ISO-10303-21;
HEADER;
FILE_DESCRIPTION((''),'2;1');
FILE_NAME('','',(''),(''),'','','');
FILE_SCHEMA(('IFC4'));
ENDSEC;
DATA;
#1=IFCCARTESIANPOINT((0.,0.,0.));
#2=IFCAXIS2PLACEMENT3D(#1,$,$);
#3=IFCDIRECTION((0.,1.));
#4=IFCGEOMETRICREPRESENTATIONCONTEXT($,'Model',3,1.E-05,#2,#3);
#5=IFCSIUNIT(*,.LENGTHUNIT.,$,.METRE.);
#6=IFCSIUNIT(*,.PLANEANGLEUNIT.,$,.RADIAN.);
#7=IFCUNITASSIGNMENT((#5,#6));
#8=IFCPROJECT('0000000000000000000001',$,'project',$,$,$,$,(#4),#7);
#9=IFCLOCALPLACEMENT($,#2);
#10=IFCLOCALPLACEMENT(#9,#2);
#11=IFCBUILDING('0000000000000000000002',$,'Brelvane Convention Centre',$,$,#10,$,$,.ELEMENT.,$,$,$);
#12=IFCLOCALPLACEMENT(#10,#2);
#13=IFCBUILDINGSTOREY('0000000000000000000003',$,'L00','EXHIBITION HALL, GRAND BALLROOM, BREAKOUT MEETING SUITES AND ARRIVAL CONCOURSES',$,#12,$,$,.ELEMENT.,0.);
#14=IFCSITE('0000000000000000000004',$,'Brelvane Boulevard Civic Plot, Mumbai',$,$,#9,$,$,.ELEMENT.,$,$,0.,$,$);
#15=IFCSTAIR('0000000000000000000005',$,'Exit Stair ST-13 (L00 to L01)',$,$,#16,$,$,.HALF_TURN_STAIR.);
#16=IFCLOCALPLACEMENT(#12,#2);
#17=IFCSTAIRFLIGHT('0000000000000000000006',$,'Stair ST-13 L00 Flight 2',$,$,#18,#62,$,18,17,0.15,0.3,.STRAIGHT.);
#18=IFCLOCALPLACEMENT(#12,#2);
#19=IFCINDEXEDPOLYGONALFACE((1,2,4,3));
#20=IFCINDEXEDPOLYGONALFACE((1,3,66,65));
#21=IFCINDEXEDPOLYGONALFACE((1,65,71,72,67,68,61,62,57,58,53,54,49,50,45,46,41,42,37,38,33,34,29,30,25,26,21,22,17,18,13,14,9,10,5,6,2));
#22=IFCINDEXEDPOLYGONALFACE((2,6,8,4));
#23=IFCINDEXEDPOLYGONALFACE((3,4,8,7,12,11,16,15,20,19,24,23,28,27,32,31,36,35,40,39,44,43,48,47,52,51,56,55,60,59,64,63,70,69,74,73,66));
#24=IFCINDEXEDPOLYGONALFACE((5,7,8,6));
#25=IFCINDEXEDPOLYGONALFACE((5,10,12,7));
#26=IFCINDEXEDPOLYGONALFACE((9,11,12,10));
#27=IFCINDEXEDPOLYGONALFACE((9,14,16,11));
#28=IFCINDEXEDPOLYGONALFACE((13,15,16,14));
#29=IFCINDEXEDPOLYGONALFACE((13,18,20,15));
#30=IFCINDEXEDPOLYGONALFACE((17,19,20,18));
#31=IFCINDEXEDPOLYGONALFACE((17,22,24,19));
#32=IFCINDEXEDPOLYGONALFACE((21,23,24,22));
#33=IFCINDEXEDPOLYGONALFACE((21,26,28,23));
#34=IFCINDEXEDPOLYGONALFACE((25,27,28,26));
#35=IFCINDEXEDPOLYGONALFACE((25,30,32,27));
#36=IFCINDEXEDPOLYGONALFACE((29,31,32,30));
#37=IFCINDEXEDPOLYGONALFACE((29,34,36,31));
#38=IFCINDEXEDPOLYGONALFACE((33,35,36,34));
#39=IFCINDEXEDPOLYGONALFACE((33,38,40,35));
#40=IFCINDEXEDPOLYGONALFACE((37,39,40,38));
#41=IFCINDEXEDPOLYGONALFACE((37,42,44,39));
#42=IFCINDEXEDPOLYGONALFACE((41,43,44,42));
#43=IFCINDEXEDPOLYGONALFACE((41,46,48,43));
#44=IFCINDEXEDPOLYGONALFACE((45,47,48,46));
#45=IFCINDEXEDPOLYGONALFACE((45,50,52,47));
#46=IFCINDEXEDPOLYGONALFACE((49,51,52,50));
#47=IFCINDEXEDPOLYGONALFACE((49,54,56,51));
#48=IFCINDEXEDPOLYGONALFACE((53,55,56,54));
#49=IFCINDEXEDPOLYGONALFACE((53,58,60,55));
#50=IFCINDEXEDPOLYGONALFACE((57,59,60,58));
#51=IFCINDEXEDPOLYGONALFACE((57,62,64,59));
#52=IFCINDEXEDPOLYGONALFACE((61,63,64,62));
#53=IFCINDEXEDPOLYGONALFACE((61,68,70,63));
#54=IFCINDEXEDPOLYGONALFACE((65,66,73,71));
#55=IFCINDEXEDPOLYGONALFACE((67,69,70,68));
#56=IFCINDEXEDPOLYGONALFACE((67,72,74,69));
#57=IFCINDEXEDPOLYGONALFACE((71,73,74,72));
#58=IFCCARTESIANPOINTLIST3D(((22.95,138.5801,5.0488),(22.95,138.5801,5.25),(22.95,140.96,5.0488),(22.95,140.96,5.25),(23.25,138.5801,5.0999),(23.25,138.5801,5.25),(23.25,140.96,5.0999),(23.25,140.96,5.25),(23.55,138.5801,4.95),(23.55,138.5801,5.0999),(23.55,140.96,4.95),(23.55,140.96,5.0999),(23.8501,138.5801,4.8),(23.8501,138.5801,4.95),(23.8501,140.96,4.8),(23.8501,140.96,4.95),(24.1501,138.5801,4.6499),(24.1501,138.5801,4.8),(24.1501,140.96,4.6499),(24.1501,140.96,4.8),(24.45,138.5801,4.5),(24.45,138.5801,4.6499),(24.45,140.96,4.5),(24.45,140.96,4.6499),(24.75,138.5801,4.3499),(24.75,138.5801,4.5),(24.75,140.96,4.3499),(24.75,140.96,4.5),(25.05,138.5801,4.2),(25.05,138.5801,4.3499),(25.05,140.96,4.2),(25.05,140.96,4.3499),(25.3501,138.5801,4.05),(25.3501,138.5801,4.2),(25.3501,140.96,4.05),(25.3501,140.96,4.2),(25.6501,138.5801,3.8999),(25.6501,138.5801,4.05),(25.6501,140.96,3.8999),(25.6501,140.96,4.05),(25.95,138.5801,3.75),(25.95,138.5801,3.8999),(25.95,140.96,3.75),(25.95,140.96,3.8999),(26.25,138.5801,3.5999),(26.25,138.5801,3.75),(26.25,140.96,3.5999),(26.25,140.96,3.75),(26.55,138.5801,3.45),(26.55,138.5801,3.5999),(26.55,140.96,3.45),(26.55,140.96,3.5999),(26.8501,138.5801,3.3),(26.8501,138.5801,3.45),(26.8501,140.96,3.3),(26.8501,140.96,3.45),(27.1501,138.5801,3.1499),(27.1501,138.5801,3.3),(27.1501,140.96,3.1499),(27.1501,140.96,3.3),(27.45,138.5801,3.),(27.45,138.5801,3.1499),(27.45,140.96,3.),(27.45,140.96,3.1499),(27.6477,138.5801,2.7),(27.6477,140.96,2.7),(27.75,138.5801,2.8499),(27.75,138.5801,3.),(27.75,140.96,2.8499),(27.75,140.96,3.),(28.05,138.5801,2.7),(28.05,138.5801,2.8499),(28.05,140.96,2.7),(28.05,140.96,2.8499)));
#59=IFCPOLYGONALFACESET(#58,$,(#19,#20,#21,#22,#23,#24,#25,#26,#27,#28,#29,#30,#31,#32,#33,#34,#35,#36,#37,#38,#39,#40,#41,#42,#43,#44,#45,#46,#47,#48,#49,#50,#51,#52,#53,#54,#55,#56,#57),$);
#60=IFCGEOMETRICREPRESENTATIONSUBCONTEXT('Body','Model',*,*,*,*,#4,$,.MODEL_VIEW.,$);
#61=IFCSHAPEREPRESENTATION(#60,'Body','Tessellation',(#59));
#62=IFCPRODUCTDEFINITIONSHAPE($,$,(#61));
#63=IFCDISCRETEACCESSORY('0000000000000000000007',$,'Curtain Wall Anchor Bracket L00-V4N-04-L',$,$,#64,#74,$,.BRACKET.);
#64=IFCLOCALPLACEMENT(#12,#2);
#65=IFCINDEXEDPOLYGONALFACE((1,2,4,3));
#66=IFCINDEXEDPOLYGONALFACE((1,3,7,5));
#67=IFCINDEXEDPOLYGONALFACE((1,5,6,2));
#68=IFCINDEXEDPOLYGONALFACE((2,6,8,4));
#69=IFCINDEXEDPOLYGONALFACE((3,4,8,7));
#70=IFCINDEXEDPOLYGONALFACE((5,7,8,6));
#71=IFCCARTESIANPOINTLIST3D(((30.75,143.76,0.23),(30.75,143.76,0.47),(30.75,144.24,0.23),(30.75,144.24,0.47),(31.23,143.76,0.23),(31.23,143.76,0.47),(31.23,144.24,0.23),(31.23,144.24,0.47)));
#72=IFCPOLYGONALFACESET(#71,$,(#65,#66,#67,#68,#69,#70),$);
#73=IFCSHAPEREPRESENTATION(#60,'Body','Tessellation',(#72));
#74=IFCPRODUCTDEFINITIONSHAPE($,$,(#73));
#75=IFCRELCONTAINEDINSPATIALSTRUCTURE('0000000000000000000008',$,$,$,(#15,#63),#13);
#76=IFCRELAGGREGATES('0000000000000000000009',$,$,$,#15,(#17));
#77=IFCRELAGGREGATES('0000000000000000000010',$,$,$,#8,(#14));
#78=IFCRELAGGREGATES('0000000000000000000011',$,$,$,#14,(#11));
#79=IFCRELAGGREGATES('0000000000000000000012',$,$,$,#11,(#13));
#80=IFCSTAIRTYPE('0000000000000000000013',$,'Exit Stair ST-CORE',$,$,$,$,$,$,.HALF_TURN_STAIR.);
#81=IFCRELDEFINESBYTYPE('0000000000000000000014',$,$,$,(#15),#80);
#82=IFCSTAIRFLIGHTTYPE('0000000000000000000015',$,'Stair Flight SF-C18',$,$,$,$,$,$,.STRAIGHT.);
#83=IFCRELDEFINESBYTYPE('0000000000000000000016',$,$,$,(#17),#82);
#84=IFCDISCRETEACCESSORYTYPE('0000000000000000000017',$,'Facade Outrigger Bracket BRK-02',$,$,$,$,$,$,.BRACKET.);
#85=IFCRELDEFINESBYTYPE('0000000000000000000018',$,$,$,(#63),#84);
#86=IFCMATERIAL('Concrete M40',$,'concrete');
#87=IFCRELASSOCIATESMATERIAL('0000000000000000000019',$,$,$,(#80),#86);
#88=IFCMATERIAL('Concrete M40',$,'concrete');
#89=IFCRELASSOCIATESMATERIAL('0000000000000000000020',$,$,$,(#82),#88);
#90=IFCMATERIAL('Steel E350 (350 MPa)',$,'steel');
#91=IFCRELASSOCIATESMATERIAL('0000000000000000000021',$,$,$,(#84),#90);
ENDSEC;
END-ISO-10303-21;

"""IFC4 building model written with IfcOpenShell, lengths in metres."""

from ifc_helpers import new_model, si_unit, direction, frame, origin, origin_2d, place, context, subcontext, project, spatial, polyline, rectangle, outline, extrude, material, type_object, element, aggregate, save


model = new_model("IFC4")

# Units and contexts
model_context = context("Model", 3, precision=1e-05, world=origin(), true_north=direction((0.0, 1.0)))
body_context = subcontext(model_context, "Body", "Model", "MODEL_VIEW")
ifc_project = project(units=[si_unit("LENGTHUNIT", "METRE"), si_unit("PLANEANGLEUNIT", "RADIAN")], contexts=[model_context])

# Site, building, storey
site_placement = place(None, origin())
site = spatial("IfcSite", under=ifc_project, at=site_placement, Name="Brelvane Boulevard Civic Plot, Mumbai", CompositionType="ELEMENT", RefElevation=0.0)
building_placement = place(site_placement, origin())
building = spatial("IfcBuilding", under=site, at=building_placement, Name="Brelvane Convention Centre", CompositionType="ELEMENT")
storey_placement = place(building_placement, origin())
storey = spatial("IfcBuildingStorey", under=building, at=storey_placement, Name="L00", Description="EXHIBITION HALL, GRAND BALLROOM, BREAKOUT MEETING SUITES AND ARRIVAL CONCOURSES", CompositionType="ELEMENT", Elevation=0.0)

# Stair, stair flight
ifc_material_1 = material(Name="Concrete M40", Category="concrete")
stair_type = type_object("IfcStairType", Name="Exit Stair ST-CORE", PredefinedType="HALF_TURN_STAIR", material=ifc_material_1)
stair_placement = place(storey_placement, origin())
stair = element("IfcStair", 1, at=stair_placement, inside=storey, type_object=stair_type, Name="Exit Stair ST-13 (L00 to L01)", PredefinedType="HALF_TURN_STAIR")
ifc_material_2 = material(Name="Concrete M40", Category="concrete")
stair_flight_type = type_object("IfcStairFlightType", Name="Stair Flight SF-C18", PredefinedType="STRAIGHT", material=ifc_material_2)
stair_flight_placement = place(storey_placement, frame((28.05, 139.77, 2.7), z_axis=(0.0, 0.0, 1.0), x_axis=(-1.0, 0.0, 0.0)))
stair_flight = element("IfcStairFlight", 2, at=stair_flight_placement, type_object=stair_flight_type, Name="Stair ST-13 L00 Flight 2", NumberOfRisers=18, NumberOfTreads=17, PredefinedType="STRAIGHT", RiserHeight=0.15, TreadLength=0.3, context=body_context, shape_type="SweptSolid", body=[
    extrude(outline(polyline([(0.0, 0.0), (0.0, 0.1499), (0.3, 0.1499), (0.3, 0.3), (0.6001, 0.3), (0.6001, 0.45), (0.8999, 0.45), (0.8999, 0.6001), (1.2, 0.6001), (1.2, 0.75), (1.5, 0.75), (1.5, 0.8999), (1.8, 0.8999), (1.8, 1.05), (2.1001, 1.05), (2.1001, 1.2), (2.3999, 1.2), (2.3999, 1.3501), (2.7, 1.3501), (2.7, 1.5), (3.0, 1.5), (3.0, 1.6499), (3.3, 1.6499), (3.3, 1.8), (3.6001, 1.8), (3.6001, 1.95), (3.8999, 1.95), (3.8999, 2.1001), (4.2, 2.1001), (4.2, 2.25), (4.5, 2.25), (4.5, 2.3999), (4.8, 2.3999), (4.8, 2.55), (5.1001, 2.55), (5.1001, 2.7), (5.1001, 2.3489), (0.4023, 0.0), (0.0, 0.0)])), frame((0.0, 1.1899, 0.0), z_axis=(0.0, -1.0, 0.0), x_axis=(1.0, 0.0, 0.0)), (0.0, 0.0, 1.0), 2.3799),
])
aggregate(stair, [stair_flight])

# Discrete accessory
ifc_material_3 = material(Name="Steel E350 (350 MPa)", Category="steel")
discrete_accessory_type = type_object("IfcDiscreteAccessoryType", Name="Facade Outrigger Bracket BRK-02", PredefinedType="BRACKET", material=ifc_material_3)
discrete_accessory_placement = place(storey_placement, frame((30.99, 144.0, 0.23), z_axis=(0.0, 0.0, 1.0), x_axis=(1.0, 0.0, 0.0)))
element("IfcDiscreteAccessory", 3, at=discrete_accessory_placement, inside=storey, type_object=discrete_accessory_type, Name="Curtain Wall Anchor Bracket L00-V4N-04-L", PredefinedType="BRACKET", context=body_context, shape_type="SweptSolid", body=[
    extrude(rectangle(XDim=0.48, YDim=0.48, at=origin_2d()), origin(), (0.0, 0.0, 1.0), 0.24),
])

save(model, "model.ifc")
